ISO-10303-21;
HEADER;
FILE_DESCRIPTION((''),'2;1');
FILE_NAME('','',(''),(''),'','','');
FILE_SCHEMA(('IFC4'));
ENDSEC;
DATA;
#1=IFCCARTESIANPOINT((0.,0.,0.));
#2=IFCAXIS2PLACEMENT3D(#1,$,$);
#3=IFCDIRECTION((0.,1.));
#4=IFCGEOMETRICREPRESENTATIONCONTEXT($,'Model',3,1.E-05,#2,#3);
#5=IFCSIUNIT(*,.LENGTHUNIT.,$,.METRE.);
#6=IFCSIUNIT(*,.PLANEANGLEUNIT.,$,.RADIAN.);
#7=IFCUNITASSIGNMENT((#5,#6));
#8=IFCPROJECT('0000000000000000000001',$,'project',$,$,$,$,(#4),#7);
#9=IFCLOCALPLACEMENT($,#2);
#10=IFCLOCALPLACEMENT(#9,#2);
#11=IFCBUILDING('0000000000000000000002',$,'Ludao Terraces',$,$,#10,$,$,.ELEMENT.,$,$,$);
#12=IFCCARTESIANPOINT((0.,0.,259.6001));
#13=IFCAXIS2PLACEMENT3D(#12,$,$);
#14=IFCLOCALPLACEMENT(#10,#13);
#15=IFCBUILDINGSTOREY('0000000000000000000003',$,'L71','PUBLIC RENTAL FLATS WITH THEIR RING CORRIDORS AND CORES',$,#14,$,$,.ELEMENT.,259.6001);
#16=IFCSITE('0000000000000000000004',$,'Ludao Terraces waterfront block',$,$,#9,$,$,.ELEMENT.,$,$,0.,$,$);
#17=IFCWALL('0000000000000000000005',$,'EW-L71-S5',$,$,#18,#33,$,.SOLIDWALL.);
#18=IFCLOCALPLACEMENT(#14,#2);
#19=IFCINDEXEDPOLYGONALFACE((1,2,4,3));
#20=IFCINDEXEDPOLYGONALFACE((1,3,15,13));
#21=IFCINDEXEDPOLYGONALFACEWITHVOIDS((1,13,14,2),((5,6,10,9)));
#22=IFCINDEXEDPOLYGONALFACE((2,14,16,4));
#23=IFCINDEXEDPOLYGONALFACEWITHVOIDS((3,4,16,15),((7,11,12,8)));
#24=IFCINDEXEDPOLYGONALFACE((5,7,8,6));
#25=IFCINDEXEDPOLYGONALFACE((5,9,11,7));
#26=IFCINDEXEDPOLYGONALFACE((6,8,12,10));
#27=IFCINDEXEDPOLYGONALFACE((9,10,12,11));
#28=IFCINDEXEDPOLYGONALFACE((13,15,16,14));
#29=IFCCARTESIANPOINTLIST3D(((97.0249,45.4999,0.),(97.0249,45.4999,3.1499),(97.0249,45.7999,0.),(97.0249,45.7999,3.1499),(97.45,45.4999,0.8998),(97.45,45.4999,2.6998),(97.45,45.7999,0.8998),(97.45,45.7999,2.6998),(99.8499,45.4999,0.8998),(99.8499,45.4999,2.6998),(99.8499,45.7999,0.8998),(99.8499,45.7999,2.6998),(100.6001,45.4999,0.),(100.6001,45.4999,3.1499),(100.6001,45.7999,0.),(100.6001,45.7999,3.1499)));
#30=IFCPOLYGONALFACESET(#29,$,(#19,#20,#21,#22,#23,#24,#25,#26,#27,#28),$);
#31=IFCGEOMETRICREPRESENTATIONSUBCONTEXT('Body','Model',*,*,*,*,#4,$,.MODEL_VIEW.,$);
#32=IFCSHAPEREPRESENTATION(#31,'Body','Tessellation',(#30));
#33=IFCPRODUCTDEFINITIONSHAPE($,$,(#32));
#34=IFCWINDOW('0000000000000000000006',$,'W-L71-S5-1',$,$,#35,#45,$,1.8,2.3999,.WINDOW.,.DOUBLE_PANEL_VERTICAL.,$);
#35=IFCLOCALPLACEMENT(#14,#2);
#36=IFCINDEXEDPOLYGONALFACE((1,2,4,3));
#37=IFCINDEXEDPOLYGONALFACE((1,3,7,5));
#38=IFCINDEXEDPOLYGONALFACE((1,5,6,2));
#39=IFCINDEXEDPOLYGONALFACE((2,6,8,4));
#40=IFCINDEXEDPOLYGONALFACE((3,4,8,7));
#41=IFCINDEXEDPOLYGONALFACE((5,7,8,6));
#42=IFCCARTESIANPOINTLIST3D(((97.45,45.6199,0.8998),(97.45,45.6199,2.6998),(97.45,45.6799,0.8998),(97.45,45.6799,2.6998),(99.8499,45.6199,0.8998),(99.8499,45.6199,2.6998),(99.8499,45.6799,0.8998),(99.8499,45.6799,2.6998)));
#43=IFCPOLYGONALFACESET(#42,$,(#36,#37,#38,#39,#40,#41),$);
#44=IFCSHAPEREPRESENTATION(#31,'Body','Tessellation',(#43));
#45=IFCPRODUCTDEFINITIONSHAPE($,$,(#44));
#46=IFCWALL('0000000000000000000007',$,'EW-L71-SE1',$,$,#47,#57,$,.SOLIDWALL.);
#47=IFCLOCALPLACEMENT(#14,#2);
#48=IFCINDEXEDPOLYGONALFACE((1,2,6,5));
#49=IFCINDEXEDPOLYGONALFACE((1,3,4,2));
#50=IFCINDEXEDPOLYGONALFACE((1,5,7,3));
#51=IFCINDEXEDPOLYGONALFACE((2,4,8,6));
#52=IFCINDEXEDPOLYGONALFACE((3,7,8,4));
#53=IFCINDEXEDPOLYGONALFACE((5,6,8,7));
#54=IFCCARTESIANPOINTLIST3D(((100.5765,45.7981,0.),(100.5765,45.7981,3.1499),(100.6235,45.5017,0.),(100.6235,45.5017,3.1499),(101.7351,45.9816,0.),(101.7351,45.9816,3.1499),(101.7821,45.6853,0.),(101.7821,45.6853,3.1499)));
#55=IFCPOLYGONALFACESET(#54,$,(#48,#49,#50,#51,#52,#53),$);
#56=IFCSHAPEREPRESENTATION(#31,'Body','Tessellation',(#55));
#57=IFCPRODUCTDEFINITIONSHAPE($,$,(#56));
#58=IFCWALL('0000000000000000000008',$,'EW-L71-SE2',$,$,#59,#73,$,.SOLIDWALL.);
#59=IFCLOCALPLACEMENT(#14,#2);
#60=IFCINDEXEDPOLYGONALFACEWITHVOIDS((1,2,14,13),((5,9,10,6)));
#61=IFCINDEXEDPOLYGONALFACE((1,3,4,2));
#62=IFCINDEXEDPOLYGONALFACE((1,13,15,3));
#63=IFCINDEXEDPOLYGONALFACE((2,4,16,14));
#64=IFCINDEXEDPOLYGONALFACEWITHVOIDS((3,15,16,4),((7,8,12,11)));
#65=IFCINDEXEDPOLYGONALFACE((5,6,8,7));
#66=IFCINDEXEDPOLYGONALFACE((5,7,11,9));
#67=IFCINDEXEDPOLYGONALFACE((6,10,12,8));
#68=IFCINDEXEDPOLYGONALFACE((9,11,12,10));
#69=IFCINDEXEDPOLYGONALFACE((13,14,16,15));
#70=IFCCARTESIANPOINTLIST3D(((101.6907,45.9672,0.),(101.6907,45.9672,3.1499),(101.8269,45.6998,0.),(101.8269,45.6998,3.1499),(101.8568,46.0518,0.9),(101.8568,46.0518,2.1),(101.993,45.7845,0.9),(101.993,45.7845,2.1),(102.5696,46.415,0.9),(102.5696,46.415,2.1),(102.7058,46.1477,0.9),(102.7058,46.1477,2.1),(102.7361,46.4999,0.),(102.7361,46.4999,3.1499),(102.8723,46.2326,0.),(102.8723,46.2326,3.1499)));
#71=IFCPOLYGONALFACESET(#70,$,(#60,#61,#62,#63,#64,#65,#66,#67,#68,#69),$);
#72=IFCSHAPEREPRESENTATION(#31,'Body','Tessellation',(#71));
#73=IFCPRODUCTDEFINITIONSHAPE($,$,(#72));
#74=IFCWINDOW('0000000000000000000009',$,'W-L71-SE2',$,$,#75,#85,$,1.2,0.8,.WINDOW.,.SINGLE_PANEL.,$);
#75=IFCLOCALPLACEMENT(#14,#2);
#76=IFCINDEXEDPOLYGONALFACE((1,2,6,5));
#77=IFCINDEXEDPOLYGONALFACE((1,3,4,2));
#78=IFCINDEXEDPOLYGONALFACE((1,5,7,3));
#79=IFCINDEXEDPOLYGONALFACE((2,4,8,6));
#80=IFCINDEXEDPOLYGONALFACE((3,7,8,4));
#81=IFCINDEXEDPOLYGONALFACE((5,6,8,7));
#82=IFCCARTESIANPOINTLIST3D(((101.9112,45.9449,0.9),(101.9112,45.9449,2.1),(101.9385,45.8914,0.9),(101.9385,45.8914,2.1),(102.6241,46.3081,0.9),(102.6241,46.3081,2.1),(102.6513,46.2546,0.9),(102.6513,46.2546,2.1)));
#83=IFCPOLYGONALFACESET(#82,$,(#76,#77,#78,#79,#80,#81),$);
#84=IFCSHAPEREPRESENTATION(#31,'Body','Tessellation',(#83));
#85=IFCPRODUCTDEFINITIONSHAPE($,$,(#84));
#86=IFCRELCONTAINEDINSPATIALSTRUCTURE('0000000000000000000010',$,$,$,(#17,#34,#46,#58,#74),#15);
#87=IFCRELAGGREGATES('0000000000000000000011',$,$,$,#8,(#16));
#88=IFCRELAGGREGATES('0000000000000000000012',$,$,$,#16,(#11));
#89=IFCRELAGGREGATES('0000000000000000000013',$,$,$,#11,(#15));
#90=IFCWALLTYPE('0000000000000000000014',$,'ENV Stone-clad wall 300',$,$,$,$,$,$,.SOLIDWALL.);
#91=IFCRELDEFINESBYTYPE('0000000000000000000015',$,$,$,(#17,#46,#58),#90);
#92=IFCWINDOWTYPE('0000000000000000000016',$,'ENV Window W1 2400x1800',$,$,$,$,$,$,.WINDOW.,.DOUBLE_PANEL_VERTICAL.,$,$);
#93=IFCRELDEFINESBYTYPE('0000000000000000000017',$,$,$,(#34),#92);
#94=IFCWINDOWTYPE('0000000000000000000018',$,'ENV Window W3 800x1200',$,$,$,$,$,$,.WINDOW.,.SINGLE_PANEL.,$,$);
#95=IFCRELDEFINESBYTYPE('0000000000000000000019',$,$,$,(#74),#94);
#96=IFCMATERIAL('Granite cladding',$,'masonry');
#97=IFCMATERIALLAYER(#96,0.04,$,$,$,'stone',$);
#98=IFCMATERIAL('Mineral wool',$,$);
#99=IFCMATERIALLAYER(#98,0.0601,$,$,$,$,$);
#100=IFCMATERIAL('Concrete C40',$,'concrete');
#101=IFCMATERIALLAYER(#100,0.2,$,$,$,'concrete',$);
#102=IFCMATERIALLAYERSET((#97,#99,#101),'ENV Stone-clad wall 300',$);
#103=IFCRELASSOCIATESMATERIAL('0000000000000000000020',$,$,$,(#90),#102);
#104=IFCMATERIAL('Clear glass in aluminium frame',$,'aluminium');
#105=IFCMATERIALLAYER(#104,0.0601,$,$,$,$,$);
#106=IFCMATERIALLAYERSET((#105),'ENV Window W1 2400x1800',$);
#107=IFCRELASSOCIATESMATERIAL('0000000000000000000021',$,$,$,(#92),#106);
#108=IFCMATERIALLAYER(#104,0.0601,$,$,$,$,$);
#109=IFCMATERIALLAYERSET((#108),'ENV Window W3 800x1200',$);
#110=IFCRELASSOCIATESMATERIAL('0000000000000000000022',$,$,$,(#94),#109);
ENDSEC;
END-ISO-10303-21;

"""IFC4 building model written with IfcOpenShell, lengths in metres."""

from ifc_helpers import new_model, si_unit, direction, frame, frame_2d, origin, place, context, subcontext, project, spatial, rectangle, extrude, material, layer, layer_set, type_object, element, fill, save


model = new_model("IFC4")

# Units and contexts
model_context = context("Model", 3, precision=1e-05, world=origin(), true_north=direction((0.0, 1.0)))
body_context = subcontext(model_context, "Body", "Model", "MODEL_VIEW")
ifc_project = project(units=[si_unit("LENGTHUNIT", "METRE"), si_unit("PLANEANGLEUNIT", "RADIAN")], contexts=[model_context])

# Site, building, storey
site_placement = place(None, origin())
site = spatial("IfcSite", under=ifc_project, at=site_placement, Name="Ludao Terraces waterfront block", CompositionType="ELEMENT", RefElevation=0.0)
building_placement = place(site_placement, origin())
building = spatial("IfcBuilding", under=site, at=building_placement, Name="Ludao Terraces", CompositionType="ELEMENT")
storey_placement = place(building_placement, frame((0.0, 0.0, 259.6001)))
storey = spatial("IfcBuildingStorey", under=building, at=storey_placement, Name="L71", Description="PUBLIC RENTAL FLATS WITH THEIR RING CORRIDORS AND CORES", CompositionType="ELEMENT", Elevation=259.6001)

# Wall, opening, window
ifc_material_1 = material(Name="Granite cladding", Category="masonry")
ifc_layer_1 = layer(ifc_material_1, 0.04, Category="stone")
ifc_material_2 = material(Name="Mineral wool")
ifc_layer_2 = layer(ifc_material_2, 0.0601)
ifc_material_3 = material(Name="Concrete C40", Category="concrete")
ifc_layer_3 = layer(ifc_material_3, 0.2, Category="concrete")
ifc_layer_set_1 = layer_set([ifc_layer_1, ifc_layer_2, ifc_layer_3], Name="ENV Stone-clad wall 300")
wall_type_1 = type_object("IfcWallType", Name="ENV Stone-clad wall 300", PredefinedType="SOLIDWALL", material=ifc_layer_set_1)
wall_1_placement = place(storey_placement, frame((97.0249, 45.6499, 0.0), z_axis=(0.0, 0.0, 1.0), x_axis=(1.0, 0.0, 0.0)))
wall_1 = element("IfcWall", 1, at=wall_1_placement, inside=storey, type_object=wall_type_1, Name="EW-L71-S5", PredefinedType="SOLIDWALL", context=body_context, shape_type="SweptSolid", body=[
    extrude(rectangle(XDim=3.5752, YDim=0.3, at=frame_2d((1.7876, 0.0))), origin(), (0.0, 0.0, 1.0), 3.1499),
])
opening_1_placement = place(wall_1_placement, frame((0.425, 0.0, 0.8999)))
opening_1 = element("IfcOpeningElement", 2, at=opening_1_placement, cuts=wall_1, PredefinedType="OPENING", context=body_context, shape_type="SweptSolid", body=[
    extrude(rectangle(XDim=2.3999, YDim=1.8, at=frame_2d((1.2, 0.8999))), frame((0.0, 0.1602, 0.0), z_axis=(0.0, -1.0, 0.0), x_axis=(1.0, 0.0, 0.0)), (0.0, 0.0, 1.0), 0.3201),
])
ifc_material_4 = material(Name="Clear glass in aluminium frame", Category="aluminium")
ifc_layer_4 = layer(ifc_material_4, 0.0601)
ifc_layer_set_2 = layer_set([ifc_layer_4], Name="ENV Window W1 2400x1800")
window_type_1 = type_object("IfcWindowType", Name="ENV Window W1 2400x1800", PartitioningType="DOUBLE_PANEL_VERTICAL", PredefinedType="WINDOW", material=ifc_layer_set_2)
window_1_placement = place(opening_1_placement, origin())
window_1 = element("IfcWindow", 3, at=window_1_placement, inside=storey, type_object=window_type_1, Name="W-L71-S5-1", OverallHeight=1.8, OverallWidth=2.3999, PartitioningType="DOUBLE_PANEL_VERTICAL", PredefinedType="WINDOW", context=body_context, shape_type="SweptSolid", body=[
    extrude(rectangle(XDim=2.3999, YDim=1.8, at=frame_2d((1.2, 0.8999))), frame((0.0, 0.03, 0.0), z_axis=(0.0, -1.0, 0.0), x_axis=(1.0, 0.0, 0.0)), (0.0, 0.0, 1.0), 0.0601),
])
fill(opening_1, window_1)

# Wall
wall_2_placement = place(storey_placement, frame((100.6001, 45.6499, 0.0), z_axis=(0.0, 0.0, 1.0), x_axis=(0.987678, 0.156497, 0.0)))
element("IfcWall", 4, at=wall_2_placement, inside=storey, type_object=wall_type_1, Name="EW-L71-SE1", PredefinedType="SOLIDWALL", context=body_context, shape_type="SweptSolid", body=[
    extrude(rectangle(XDim=1.1731, YDim=0.3, at=frame_2d((0.5864, 0.0))), origin(), (0.0, 0.0, 1.0), 3.1499),
])

# Wall, opening, window
wall_3_placement = place(storey_placement, frame((101.7588, 45.8335, 0.0), z_axis=(0.0, 0.0, 1.0), x_axis=(0.890989, 0.454026, 0.0)))
wall_3 = element("IfcWall", 5, at=wall_3_placement, inside=storey, type_object=wall_type_1, Name="EW-L71-SE2", PredefinedType="SOLIDWALL", context=body_context, shape_type="SweptSolid", body=[
    extrude(rectangle(XDim=1.1733, YDim=0.3, at=frame_2d((0.5867, 0.0))), origin(), (0.0, 0.0, 1.0), 3.1499),
])
opening_2_placement = place(wall_3_placement, frame((0.1865, 0.0, 0.8999)))
opening_2 = element("IfcOpeningElement", 6, at=opening_2_placement, cuts=wall_3, PredefinedType="OPENING", context=body_context, shape_type="SweptSolid", body=[
    extrude(rectangle(XDim=0.8, YDim=1.2, at=frame_2d((0.3999, 0.6001))), frame((0.0, 0.1602, 0.0), z_axis=(0.0, -1.0, 0.0), x_axis=(1.0, 0.0, 0.0)), (0.0, 0.0, 1.0), 0.3201),
])
ifc_layer_5 = layer(ifc_material_4, 0.0601)
ifc_layer_set_3 = layer_set([ifc_layer_5], Name="ENV Window W3 800x1200")
window_type_2 = type_object("IfcWindowType", Name="ENV Window W3 800x1200", PartitioningType="SINGLE_PANEL", PredefinedType="WINDOW", material=ifc_layer_set_3)
window_2_placement = place(opening_2_placement, origin())
window_2 = element("IfcWindow", 7, at=window_2_placement, inside=storey, type_object=window_type_2, Name="W-L71-SE2", OverallHeight=1.2, OverallWidth=0.8, PartitioningType="SINGLE_PANEL", PredefinedType="WINDOW", context=body_context, shape_type="SweptSolid", body=[
    extrude(rectangle(XDim=0.8, YDim=1.2, at=frame_2d((0.3999, 0.6001))), frame((0.0, 0.03, 0.0), z_axis=(0.0, -1.0, 0.0), x_axis=(1.0, 0.0, 0.0)), (0.0, 0.0, 1.0), 0.0601),
])
fill(opening_2, window_2)

save(model, "model.ifc")
